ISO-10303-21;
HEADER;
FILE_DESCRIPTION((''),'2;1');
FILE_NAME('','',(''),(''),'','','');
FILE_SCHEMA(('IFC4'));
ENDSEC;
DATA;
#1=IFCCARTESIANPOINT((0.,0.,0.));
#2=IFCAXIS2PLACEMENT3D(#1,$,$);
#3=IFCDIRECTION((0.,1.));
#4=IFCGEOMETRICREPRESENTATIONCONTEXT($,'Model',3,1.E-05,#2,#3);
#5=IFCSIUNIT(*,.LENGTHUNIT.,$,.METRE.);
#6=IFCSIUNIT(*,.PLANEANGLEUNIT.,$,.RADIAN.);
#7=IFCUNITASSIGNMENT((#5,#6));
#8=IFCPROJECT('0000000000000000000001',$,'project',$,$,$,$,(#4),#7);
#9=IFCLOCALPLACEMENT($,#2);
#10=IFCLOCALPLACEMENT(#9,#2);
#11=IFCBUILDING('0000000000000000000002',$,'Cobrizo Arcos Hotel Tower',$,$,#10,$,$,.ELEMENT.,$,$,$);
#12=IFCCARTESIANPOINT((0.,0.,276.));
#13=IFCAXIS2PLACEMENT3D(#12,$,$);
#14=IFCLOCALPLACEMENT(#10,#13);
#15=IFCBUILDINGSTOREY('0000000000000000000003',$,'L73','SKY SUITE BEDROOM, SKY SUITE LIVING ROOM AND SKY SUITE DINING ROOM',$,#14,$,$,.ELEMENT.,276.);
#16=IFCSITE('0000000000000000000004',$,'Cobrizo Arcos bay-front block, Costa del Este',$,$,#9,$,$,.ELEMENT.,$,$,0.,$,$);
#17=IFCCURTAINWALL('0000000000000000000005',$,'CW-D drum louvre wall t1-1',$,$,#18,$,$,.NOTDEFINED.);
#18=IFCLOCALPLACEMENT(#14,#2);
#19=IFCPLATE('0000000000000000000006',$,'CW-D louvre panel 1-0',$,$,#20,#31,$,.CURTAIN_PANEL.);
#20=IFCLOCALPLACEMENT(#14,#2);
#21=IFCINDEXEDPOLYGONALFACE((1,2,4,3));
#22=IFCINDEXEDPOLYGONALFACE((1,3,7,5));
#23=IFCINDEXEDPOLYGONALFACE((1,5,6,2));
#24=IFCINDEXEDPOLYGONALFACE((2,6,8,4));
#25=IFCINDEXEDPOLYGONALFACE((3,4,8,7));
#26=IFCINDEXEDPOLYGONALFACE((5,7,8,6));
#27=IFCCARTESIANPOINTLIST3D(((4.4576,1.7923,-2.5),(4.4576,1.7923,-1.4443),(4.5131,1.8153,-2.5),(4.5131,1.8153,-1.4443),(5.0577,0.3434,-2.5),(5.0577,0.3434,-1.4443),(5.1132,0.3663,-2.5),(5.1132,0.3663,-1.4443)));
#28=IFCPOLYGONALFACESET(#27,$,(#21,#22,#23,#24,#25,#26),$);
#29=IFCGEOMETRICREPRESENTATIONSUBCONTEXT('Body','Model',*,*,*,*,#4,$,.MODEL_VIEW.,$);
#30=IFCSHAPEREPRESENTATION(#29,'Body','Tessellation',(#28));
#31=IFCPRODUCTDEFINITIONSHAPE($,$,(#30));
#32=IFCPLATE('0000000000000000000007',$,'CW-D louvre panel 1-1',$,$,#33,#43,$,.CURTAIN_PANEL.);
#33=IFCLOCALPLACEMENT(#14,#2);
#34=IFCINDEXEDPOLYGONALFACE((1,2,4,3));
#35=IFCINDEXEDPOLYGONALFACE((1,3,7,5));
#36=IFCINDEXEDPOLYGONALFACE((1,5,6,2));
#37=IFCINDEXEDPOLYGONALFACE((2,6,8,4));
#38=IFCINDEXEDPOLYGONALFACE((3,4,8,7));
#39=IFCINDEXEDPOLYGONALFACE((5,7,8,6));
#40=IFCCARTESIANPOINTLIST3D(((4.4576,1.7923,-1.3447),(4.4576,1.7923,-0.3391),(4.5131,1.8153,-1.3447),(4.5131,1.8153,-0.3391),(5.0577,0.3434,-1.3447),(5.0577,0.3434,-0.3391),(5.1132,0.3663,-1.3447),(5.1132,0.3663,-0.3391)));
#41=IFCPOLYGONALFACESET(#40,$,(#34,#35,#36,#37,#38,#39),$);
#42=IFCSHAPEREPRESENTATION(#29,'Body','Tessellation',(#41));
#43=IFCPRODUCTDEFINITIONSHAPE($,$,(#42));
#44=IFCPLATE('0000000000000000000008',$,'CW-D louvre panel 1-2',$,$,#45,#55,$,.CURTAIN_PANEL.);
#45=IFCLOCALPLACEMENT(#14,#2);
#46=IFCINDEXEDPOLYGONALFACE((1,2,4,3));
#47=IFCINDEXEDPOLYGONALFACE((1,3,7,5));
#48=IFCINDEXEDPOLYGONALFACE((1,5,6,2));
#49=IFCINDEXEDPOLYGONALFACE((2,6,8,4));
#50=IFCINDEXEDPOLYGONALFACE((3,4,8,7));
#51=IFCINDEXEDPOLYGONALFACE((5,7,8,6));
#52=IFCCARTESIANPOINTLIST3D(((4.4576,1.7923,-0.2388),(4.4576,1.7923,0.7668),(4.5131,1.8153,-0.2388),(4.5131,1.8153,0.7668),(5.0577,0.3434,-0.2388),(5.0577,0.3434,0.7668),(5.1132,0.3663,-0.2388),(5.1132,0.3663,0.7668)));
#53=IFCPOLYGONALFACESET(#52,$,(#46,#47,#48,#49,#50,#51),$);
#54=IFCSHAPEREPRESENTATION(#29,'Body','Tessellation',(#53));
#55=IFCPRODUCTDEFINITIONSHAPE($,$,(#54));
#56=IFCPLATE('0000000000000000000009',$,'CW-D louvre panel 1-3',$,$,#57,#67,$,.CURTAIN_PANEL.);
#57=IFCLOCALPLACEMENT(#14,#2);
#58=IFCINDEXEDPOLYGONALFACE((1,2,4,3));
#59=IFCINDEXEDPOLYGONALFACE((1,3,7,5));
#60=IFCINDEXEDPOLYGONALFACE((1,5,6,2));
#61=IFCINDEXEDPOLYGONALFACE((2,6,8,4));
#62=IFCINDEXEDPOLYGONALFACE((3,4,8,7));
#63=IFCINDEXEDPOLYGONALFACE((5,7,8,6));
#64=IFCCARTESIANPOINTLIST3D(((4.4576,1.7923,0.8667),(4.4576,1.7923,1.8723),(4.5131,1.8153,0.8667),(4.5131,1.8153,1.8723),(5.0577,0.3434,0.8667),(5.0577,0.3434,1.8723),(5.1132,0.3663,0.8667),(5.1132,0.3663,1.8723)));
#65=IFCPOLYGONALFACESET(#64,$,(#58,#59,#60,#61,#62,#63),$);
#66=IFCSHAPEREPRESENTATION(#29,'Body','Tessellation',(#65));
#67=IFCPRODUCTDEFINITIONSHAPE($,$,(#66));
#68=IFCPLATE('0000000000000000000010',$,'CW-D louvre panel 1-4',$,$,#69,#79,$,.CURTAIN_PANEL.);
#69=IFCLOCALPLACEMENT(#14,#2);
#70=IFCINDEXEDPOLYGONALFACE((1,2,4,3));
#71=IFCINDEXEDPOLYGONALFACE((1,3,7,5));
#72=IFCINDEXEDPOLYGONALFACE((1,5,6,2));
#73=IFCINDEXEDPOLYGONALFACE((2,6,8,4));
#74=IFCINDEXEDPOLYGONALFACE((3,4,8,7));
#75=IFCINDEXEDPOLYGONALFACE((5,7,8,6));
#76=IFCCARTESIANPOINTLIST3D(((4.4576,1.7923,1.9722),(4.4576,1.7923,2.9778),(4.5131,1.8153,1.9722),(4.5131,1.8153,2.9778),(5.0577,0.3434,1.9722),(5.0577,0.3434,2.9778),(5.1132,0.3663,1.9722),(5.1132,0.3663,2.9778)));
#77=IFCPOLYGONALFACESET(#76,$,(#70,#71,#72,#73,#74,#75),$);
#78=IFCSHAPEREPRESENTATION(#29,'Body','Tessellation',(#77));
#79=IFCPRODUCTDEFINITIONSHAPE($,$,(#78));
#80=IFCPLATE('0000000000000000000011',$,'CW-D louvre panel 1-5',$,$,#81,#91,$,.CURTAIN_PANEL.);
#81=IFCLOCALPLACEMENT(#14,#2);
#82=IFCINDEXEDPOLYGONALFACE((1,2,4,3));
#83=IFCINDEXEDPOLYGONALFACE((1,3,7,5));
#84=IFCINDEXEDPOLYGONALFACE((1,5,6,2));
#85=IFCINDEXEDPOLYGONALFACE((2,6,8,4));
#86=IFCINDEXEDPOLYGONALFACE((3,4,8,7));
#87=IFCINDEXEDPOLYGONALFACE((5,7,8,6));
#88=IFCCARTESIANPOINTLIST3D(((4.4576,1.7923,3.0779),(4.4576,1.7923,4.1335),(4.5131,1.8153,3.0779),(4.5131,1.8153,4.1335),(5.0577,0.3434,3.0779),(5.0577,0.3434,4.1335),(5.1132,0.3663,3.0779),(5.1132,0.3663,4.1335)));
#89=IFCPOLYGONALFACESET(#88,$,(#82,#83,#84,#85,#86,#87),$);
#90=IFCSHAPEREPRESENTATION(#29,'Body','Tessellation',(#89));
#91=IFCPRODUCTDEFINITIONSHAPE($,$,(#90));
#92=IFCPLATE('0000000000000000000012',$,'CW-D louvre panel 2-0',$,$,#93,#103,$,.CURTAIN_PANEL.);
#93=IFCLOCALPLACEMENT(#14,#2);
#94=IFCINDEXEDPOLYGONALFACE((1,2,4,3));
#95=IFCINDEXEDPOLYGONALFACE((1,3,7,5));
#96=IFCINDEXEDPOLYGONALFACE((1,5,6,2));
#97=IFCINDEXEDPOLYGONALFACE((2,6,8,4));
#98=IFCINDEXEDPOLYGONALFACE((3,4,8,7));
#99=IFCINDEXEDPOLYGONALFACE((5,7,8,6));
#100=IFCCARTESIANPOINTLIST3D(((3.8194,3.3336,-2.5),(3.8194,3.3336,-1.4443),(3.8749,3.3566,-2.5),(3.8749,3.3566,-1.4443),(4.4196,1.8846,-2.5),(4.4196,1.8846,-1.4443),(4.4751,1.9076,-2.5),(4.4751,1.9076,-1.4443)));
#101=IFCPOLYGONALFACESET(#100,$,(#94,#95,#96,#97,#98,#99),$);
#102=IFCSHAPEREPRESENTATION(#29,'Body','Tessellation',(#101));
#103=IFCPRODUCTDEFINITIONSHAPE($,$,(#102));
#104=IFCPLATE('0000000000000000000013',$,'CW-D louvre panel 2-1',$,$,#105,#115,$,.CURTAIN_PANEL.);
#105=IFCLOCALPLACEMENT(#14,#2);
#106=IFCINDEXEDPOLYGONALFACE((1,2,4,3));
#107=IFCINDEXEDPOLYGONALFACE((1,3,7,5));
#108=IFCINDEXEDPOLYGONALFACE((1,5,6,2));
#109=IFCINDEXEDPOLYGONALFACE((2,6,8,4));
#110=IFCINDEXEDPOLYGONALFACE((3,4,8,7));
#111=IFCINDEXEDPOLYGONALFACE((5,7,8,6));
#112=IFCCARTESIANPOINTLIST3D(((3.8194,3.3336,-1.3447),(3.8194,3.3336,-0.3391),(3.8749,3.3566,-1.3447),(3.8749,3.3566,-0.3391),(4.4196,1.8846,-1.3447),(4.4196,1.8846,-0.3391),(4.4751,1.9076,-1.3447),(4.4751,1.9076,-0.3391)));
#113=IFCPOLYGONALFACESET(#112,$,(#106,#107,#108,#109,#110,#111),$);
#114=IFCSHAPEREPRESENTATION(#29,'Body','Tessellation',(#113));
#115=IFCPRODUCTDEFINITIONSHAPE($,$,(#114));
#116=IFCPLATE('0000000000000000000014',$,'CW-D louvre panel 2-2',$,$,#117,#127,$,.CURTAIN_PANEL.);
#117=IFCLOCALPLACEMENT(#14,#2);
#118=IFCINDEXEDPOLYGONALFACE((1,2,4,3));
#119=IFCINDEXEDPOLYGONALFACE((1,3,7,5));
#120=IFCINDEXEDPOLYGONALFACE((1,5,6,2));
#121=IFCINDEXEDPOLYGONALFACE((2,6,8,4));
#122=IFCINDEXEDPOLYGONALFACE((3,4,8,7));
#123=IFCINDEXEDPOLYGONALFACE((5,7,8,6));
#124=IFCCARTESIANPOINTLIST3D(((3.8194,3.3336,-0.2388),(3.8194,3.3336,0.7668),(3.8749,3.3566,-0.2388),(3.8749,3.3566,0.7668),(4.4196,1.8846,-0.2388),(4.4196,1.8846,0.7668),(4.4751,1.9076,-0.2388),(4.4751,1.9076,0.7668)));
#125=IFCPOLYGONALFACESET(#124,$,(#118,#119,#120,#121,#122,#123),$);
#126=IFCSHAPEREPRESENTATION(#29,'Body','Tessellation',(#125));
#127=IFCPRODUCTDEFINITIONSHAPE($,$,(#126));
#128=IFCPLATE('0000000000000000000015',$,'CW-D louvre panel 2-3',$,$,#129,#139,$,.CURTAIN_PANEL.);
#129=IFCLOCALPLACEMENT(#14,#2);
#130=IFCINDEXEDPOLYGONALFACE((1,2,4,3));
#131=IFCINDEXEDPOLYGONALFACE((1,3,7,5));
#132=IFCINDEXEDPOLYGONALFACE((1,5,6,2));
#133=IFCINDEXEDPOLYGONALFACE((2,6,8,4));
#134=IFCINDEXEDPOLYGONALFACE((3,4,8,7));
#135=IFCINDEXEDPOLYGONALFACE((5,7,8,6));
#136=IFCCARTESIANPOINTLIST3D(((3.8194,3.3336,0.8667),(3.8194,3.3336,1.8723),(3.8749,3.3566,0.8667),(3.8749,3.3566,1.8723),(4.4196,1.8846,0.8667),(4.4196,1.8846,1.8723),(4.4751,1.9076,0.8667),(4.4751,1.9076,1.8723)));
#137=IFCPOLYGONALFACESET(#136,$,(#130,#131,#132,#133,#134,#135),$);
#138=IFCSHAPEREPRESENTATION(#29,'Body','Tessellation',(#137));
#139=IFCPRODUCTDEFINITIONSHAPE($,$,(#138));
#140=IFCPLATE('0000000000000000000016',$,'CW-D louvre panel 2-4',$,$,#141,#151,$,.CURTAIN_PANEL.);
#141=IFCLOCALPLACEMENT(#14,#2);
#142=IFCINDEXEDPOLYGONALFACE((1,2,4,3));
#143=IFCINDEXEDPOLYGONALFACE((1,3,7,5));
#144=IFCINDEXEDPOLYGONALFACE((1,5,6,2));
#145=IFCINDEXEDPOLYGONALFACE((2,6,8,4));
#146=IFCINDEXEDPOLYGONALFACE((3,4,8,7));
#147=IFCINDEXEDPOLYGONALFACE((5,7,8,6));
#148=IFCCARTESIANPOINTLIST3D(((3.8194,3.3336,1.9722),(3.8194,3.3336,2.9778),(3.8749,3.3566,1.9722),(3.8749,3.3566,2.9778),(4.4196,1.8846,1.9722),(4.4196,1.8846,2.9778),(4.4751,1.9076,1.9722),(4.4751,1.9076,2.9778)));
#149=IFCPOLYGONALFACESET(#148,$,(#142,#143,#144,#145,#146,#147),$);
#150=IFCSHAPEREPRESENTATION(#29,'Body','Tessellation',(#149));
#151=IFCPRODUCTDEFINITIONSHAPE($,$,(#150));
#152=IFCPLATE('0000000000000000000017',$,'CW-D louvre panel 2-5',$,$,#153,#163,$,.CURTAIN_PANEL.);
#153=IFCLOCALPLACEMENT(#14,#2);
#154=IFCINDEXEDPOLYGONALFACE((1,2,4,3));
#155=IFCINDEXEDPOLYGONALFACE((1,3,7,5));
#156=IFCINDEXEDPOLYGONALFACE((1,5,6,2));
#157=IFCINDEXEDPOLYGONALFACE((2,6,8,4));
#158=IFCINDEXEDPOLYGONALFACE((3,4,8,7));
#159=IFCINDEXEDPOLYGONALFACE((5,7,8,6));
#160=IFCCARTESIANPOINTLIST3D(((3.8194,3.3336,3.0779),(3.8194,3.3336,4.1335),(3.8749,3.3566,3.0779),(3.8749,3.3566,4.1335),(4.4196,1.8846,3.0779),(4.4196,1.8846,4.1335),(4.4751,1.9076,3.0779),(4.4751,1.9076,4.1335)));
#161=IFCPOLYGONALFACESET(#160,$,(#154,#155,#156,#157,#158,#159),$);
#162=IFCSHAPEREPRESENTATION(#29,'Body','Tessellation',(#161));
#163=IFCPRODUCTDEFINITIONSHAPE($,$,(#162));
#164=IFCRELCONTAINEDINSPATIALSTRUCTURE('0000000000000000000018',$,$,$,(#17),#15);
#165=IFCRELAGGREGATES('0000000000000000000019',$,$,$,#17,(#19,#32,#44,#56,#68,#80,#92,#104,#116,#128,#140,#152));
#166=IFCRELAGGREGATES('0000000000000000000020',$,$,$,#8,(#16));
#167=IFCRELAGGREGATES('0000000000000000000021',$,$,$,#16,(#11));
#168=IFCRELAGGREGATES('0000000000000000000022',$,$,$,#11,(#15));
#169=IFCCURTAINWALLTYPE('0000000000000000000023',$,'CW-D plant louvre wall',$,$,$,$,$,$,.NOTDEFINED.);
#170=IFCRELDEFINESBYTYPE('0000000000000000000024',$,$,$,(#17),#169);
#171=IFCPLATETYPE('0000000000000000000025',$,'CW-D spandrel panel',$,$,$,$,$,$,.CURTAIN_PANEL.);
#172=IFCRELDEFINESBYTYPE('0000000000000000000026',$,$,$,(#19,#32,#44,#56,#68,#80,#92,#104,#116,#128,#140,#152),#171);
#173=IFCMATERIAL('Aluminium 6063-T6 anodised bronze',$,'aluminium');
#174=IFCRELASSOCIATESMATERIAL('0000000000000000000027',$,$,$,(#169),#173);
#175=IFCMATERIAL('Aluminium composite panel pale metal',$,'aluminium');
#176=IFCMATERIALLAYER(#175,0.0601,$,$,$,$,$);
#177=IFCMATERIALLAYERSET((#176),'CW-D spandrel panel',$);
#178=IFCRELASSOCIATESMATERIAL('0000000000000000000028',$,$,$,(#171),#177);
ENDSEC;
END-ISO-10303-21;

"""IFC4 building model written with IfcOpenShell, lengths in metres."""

from ifc_helpers import new_model, si_unit, direction, frame, origin, origin_2d, place, context, subcontext, project, spatial, rectangle, extrude, material, layer, layer_set, type_object, element, aggregate, save


model = new_model("IFC4")

# Units and contexts
model_context = context("Model", 3, precision=1e-05, world=origin(), true_north=direction((0.0, 1.0)))
body_context = subcontext(model_context, "Body", "Model", "MODEL_VIEW")
ifc_project = project(units=[si_unit("LENGTHUNIT", "METRE"), si_unit("PLANEANGLEUNIT", "RADIAN")], contexts=[model_context])

# Site, building, storey
site_placement = place(None, origin())
site = spatial("IfcSite", under=ifc_project, at=site_placement, Name="Cobrizo Arcos bay-front block, Costa del Este", CompositionType="ELEMENT", RefElevation=0.0)
building_placement = place(site_placement, origin())
building = spatial("IfcBuilding", under=site, at=building_placement, Name="Cobrizo Arcos Hotel Tower", CompositionType="ELEMENT")
storey_placement = place(building_placement, frame((0.0, 0.0, 276.0)))
storey = spatial("IfcBuildingStorey", under=building, at=storey_placement, Name="L73", Description="SKY SUITE BEDROOM, SKY SUITE LIVING ROOM AND SKY SUITE DINING ROOM", CompositionType="ELEMENT", Elevation=276.0)

# Curtain wall
ifc_material_1 = material(Name="Aluminium 6063-T6 anodised bronze", Category="aluminium")
curtain_wall_type_1 = type_object("IfcCurtainWallType", Name="CW-D plant louvre wall", PredefinedType="NOTDEFINED", material=ifc_material_1)
curtain_wall_1_placement = place(storey_placement, origin())
curtain_wall_1 = element("IfcCurtainWall", 1, at=curtain_wall_1_placement, inside=storey, type_object=curtain_wall_type_1, Name="CW-D drum louvre wall t1-1", PredefinedType="NOTDEFINED")

# Plates
ifc_material_2 = material(Name="Aluminium composite panel pale metal", Category="aluminium")
ifc_layer_1 = layer(ifc_material_2, 0.0601)
ifc_layer_set_1 = layer_set([ifc_layer_1], Name="CW-D spandrel panel")
plate_type_1 = type_object("IfcPlateType", Name="CW-D spandrel panel", PredefinedType="CURTAIN_PANEL", material=ifc_layer_set_1)
plate_1_placement = place(storey_placement, frame((4.7854, 1.0793, -2.5), z_axis=(0.0, 0.0, 1.0), x_axis=(-0.382683, 0.92388, 0.0)))
plate_1 = element("IfcPlate", 2, at=plate_1_placement, type_object=plate_type_1, Name="CW-D louvre panel 1-0", PredefinedType="CURTAIN_PANEL", context=body_context, shape_type="SweptSolid", body=[
    extrude(rectangle(XDim=1.5684, YDim=0.0601, at=origin_2d()), origin(), (0.0, 0.0, 1.0), 1.0557),
])
plate_2_placement = place(storey_placement, frame((4.7854, 1.0793, -1.3447), z_axis=(0.0, 0.0, 1.0), x_axis=(-0.382683, 0.92388, 0.0)))
plate_2 = element("IfcPlate", 3, at=plate_2_placement, type_object=plate_type_1, Name="CW-D louvre panel 1-1", PredefinedType="CURTAIN_PANEL", context=body_context, shape_type="SweptSolid", body=[
    extrude(rectangle(XDim=1.5684, YDim=0.0601, at=origin_2d()), origin(), (0.0, 0.0, 1.0), 1.0056),
])
plate_3_placement = place(storey_placement, frame((4.7854, 1.0793, -0.2388), z_axis=(0.0, 0.0, 1.0), x_axis=(-0.382683, 0.92388, 0.0)))
plate_3 = element("IfcPlate", 4, at=plate_3_placement, type_object=plate_type_1, Name="CW-D louvre panel 1-2", PredefinedType="CURTAIN_PANEL", context=body_context, shape_type="SweptSolid", body=[
    extrude(rectangle(XDim=1.5684, YDim=0.0601, at=origin_2d()), origin(), (0.0, 0.0, 1.0), 1.0056),
])
plate_4_placement = place(storey_placement, frame((4.7854, 1.0793, 0.8667), z_axis=(0.0, 0.0, 1.0), x_axis=(-0.382683, 0.92388, 0.0)))
plate_4 = element("IfcPlate", 5, at=plate_4_placement, type_object=plate_type_1, Name="CW-D louvre panel 1-3", PredefinedType="CURTAIN_PANEL", context=body_context, shape_type="SweptSolid", body=[
    extrude(rectangle(XDim=1.5684, YDim=0.0601, at=origin_2d()), origin(), (0.0, 0.0, 1.0), 1.0056),
])
plate_5_placement = place(storey_placement, frame((4.7854, 1.0793, 1.9722), z_axis=(0.0, 0.0, 1.0), x_axis=(-0.382683, 0.92388, 0.0)))
plate_5 = element("IfcPlate", 6, at=plate_5_placement, type_object=plate_type_1, Name="CW-D louvre panel 1-4", PredefinedType="CURTAIN_PANEL", context=body_context, shape_type="SweptSolid", body=[
    extrude(rectangle(XDim=1.5684, YDim=0.0601, at=origin_2d()), origin(), (0.0, 0.0, 1.0), 1.0056),
])
plate_6_placement = place(storey_placement, frame((4.7854, 1.0793, 3.0779), z_axis=(0.0, 0.0, 1.0), x_axis=(-0.382683, 0.92388, 0.0)))
plate_6 = element("IfcPlate", 7, at=plate_6_placement, type_object=plate_type_1, Name="CW-D louvre panel 1-5", PredefinedType="CURTAIN_PANEL", context=body_context, shape_type="SweptSolid", body=[
    extrude(rectangle(XDim=1.5684, YDim=0.0601, at=origin_2d()), origin(), (0.0, 0.0, 1.0), 1.0557),
])
plate_7_placement = place(storey_placement, frame((4.1472, 2.6206, -2.5), z_axis=(0.0, 0.0, 1.0), x_axis=(-0.382683, 0.92388, 0.0)))
plate_7 = element("IfcPlate", 8, at=plate_7_placement, type_object=plate_type_1, Name="CW-D louvre panel 2-0", PredefinedType="CURTAIN_PANEL", context=body_context, shape_type="SweptSolid", body=[
    extrude(rectangle(XDim=1.5684, YDim=0.0601, at=origin_2d()), origin(), (0.0, 0.0, 1.0), 1.0557),
])
plate_8_placement = place(storey_placement, frame((4.1472, 2.6206, -1.3447), z_axis=(0.0, 0.0, 1.0), x_axis=(-0.382683, 0.92388, 0.0)))
plate_8 = element("IfcPlate", 9, at=plate_8_placement, type_object=plate_type_1, Name="CW-D louvre panel 2-1", PredefinedType="CURTAIN_PANEL", context=body_context, shape_type="SweptSolid", body=[
    extrude(rectangle(XDim=1.5684, YDim=0.0601, at=origin_2d()), origin(), (0.0, 0.0, 1.0), 1.0056),
])
plate_9_placement = place(storey_placement, frame((4.1472, 2.6206, -0.2388), z_axis=(0.0, 0.0, 1.0), x_axis=(-0.382683, 0.92388, 0.0)))
plate_9 = element("IfcPlate", 10, at=plate_9_placement, type_object=plate_type_1, Name="CW-D louvre panel 2-2", PredefinedType="CURTAIN_PANEL", context=body_context, shape_type="SweptSolid", body=[
    extrude(rectangle(XDim=1.5684, YDim=0.0601, at=origin_2d()), origin(), (0.0, 0.0, 1.0), 1.0056),
])
plate_10_placement = place(storey_placement, frame((4.1472, 2.6206, 0.8667), z_axis=(0.0, 0.0, 1.0), x_axis=(-0.382683, 0.92388, 0.0)))
plate_10 = element("IfcPlate", 11, at=plate_10_placement, type_object=plate_type_1, Name="CW-D louvre panel 2-3", PredefinedType="CURTAIN_PANEL", context=body_context, shape_type="SweptSolid", body=[
    extrude(rectangle(XDim=1.5684, YDim=0.0601, at=origin_2d()), origin(), (0.0, 0.0, 1.0), 1.0056),
])
plate_11_placement = place(storey_placement, frame((4.1472, 2.6206, 1.9722), z_axis=(0.0, 0.0, 1.0), x_axis=(-0.382683, 0.92388, 0.0)))
plate_11 = element("IfcPlate", 12, at=plate_11_placement, type_object=plate_type_1, Name="CW-D louvre panel 2-4", PredefinedType="CURTAIN_PANEL", context=body_context, shape_type="SweptSolid", body=[
    extrude(rectangle(XDim=1.5684, YDim=0.0601, at=origin_2d()), origin(), (0.0, 0.0, 1.0), 1.0056),
])
plate_12_placement = place(storey_placement, frame((4.1472, 2.6206, 3.0779), z_axis=(0.0, 0.0, 1.0), x_axis=(-0.382683, 0.92388, 0.0)))
plate_12 = element("IfcPlate", 13, at=plate_12_placement, type_object=plate_type_1, Name="CW-D louvre panel 2-5", PredefinedType="CURTAIN_PANEL", context=body_context, shape_type="SweptSolid", body=[
    extrude(rectangle(XDim=1.5684, YDim=0.0601, at=origin_2d()), origin(), (0.0, 0.0, 1.0), 1.0557),
])
aggregate(curtain_wall_1, [plate_1, plate_2, plate_3, plate_4, plate_5, plate_6, plate_7, plate_8, plate_9, plate_10, plate_11, plate_12])

save(model, "model.ifc")
